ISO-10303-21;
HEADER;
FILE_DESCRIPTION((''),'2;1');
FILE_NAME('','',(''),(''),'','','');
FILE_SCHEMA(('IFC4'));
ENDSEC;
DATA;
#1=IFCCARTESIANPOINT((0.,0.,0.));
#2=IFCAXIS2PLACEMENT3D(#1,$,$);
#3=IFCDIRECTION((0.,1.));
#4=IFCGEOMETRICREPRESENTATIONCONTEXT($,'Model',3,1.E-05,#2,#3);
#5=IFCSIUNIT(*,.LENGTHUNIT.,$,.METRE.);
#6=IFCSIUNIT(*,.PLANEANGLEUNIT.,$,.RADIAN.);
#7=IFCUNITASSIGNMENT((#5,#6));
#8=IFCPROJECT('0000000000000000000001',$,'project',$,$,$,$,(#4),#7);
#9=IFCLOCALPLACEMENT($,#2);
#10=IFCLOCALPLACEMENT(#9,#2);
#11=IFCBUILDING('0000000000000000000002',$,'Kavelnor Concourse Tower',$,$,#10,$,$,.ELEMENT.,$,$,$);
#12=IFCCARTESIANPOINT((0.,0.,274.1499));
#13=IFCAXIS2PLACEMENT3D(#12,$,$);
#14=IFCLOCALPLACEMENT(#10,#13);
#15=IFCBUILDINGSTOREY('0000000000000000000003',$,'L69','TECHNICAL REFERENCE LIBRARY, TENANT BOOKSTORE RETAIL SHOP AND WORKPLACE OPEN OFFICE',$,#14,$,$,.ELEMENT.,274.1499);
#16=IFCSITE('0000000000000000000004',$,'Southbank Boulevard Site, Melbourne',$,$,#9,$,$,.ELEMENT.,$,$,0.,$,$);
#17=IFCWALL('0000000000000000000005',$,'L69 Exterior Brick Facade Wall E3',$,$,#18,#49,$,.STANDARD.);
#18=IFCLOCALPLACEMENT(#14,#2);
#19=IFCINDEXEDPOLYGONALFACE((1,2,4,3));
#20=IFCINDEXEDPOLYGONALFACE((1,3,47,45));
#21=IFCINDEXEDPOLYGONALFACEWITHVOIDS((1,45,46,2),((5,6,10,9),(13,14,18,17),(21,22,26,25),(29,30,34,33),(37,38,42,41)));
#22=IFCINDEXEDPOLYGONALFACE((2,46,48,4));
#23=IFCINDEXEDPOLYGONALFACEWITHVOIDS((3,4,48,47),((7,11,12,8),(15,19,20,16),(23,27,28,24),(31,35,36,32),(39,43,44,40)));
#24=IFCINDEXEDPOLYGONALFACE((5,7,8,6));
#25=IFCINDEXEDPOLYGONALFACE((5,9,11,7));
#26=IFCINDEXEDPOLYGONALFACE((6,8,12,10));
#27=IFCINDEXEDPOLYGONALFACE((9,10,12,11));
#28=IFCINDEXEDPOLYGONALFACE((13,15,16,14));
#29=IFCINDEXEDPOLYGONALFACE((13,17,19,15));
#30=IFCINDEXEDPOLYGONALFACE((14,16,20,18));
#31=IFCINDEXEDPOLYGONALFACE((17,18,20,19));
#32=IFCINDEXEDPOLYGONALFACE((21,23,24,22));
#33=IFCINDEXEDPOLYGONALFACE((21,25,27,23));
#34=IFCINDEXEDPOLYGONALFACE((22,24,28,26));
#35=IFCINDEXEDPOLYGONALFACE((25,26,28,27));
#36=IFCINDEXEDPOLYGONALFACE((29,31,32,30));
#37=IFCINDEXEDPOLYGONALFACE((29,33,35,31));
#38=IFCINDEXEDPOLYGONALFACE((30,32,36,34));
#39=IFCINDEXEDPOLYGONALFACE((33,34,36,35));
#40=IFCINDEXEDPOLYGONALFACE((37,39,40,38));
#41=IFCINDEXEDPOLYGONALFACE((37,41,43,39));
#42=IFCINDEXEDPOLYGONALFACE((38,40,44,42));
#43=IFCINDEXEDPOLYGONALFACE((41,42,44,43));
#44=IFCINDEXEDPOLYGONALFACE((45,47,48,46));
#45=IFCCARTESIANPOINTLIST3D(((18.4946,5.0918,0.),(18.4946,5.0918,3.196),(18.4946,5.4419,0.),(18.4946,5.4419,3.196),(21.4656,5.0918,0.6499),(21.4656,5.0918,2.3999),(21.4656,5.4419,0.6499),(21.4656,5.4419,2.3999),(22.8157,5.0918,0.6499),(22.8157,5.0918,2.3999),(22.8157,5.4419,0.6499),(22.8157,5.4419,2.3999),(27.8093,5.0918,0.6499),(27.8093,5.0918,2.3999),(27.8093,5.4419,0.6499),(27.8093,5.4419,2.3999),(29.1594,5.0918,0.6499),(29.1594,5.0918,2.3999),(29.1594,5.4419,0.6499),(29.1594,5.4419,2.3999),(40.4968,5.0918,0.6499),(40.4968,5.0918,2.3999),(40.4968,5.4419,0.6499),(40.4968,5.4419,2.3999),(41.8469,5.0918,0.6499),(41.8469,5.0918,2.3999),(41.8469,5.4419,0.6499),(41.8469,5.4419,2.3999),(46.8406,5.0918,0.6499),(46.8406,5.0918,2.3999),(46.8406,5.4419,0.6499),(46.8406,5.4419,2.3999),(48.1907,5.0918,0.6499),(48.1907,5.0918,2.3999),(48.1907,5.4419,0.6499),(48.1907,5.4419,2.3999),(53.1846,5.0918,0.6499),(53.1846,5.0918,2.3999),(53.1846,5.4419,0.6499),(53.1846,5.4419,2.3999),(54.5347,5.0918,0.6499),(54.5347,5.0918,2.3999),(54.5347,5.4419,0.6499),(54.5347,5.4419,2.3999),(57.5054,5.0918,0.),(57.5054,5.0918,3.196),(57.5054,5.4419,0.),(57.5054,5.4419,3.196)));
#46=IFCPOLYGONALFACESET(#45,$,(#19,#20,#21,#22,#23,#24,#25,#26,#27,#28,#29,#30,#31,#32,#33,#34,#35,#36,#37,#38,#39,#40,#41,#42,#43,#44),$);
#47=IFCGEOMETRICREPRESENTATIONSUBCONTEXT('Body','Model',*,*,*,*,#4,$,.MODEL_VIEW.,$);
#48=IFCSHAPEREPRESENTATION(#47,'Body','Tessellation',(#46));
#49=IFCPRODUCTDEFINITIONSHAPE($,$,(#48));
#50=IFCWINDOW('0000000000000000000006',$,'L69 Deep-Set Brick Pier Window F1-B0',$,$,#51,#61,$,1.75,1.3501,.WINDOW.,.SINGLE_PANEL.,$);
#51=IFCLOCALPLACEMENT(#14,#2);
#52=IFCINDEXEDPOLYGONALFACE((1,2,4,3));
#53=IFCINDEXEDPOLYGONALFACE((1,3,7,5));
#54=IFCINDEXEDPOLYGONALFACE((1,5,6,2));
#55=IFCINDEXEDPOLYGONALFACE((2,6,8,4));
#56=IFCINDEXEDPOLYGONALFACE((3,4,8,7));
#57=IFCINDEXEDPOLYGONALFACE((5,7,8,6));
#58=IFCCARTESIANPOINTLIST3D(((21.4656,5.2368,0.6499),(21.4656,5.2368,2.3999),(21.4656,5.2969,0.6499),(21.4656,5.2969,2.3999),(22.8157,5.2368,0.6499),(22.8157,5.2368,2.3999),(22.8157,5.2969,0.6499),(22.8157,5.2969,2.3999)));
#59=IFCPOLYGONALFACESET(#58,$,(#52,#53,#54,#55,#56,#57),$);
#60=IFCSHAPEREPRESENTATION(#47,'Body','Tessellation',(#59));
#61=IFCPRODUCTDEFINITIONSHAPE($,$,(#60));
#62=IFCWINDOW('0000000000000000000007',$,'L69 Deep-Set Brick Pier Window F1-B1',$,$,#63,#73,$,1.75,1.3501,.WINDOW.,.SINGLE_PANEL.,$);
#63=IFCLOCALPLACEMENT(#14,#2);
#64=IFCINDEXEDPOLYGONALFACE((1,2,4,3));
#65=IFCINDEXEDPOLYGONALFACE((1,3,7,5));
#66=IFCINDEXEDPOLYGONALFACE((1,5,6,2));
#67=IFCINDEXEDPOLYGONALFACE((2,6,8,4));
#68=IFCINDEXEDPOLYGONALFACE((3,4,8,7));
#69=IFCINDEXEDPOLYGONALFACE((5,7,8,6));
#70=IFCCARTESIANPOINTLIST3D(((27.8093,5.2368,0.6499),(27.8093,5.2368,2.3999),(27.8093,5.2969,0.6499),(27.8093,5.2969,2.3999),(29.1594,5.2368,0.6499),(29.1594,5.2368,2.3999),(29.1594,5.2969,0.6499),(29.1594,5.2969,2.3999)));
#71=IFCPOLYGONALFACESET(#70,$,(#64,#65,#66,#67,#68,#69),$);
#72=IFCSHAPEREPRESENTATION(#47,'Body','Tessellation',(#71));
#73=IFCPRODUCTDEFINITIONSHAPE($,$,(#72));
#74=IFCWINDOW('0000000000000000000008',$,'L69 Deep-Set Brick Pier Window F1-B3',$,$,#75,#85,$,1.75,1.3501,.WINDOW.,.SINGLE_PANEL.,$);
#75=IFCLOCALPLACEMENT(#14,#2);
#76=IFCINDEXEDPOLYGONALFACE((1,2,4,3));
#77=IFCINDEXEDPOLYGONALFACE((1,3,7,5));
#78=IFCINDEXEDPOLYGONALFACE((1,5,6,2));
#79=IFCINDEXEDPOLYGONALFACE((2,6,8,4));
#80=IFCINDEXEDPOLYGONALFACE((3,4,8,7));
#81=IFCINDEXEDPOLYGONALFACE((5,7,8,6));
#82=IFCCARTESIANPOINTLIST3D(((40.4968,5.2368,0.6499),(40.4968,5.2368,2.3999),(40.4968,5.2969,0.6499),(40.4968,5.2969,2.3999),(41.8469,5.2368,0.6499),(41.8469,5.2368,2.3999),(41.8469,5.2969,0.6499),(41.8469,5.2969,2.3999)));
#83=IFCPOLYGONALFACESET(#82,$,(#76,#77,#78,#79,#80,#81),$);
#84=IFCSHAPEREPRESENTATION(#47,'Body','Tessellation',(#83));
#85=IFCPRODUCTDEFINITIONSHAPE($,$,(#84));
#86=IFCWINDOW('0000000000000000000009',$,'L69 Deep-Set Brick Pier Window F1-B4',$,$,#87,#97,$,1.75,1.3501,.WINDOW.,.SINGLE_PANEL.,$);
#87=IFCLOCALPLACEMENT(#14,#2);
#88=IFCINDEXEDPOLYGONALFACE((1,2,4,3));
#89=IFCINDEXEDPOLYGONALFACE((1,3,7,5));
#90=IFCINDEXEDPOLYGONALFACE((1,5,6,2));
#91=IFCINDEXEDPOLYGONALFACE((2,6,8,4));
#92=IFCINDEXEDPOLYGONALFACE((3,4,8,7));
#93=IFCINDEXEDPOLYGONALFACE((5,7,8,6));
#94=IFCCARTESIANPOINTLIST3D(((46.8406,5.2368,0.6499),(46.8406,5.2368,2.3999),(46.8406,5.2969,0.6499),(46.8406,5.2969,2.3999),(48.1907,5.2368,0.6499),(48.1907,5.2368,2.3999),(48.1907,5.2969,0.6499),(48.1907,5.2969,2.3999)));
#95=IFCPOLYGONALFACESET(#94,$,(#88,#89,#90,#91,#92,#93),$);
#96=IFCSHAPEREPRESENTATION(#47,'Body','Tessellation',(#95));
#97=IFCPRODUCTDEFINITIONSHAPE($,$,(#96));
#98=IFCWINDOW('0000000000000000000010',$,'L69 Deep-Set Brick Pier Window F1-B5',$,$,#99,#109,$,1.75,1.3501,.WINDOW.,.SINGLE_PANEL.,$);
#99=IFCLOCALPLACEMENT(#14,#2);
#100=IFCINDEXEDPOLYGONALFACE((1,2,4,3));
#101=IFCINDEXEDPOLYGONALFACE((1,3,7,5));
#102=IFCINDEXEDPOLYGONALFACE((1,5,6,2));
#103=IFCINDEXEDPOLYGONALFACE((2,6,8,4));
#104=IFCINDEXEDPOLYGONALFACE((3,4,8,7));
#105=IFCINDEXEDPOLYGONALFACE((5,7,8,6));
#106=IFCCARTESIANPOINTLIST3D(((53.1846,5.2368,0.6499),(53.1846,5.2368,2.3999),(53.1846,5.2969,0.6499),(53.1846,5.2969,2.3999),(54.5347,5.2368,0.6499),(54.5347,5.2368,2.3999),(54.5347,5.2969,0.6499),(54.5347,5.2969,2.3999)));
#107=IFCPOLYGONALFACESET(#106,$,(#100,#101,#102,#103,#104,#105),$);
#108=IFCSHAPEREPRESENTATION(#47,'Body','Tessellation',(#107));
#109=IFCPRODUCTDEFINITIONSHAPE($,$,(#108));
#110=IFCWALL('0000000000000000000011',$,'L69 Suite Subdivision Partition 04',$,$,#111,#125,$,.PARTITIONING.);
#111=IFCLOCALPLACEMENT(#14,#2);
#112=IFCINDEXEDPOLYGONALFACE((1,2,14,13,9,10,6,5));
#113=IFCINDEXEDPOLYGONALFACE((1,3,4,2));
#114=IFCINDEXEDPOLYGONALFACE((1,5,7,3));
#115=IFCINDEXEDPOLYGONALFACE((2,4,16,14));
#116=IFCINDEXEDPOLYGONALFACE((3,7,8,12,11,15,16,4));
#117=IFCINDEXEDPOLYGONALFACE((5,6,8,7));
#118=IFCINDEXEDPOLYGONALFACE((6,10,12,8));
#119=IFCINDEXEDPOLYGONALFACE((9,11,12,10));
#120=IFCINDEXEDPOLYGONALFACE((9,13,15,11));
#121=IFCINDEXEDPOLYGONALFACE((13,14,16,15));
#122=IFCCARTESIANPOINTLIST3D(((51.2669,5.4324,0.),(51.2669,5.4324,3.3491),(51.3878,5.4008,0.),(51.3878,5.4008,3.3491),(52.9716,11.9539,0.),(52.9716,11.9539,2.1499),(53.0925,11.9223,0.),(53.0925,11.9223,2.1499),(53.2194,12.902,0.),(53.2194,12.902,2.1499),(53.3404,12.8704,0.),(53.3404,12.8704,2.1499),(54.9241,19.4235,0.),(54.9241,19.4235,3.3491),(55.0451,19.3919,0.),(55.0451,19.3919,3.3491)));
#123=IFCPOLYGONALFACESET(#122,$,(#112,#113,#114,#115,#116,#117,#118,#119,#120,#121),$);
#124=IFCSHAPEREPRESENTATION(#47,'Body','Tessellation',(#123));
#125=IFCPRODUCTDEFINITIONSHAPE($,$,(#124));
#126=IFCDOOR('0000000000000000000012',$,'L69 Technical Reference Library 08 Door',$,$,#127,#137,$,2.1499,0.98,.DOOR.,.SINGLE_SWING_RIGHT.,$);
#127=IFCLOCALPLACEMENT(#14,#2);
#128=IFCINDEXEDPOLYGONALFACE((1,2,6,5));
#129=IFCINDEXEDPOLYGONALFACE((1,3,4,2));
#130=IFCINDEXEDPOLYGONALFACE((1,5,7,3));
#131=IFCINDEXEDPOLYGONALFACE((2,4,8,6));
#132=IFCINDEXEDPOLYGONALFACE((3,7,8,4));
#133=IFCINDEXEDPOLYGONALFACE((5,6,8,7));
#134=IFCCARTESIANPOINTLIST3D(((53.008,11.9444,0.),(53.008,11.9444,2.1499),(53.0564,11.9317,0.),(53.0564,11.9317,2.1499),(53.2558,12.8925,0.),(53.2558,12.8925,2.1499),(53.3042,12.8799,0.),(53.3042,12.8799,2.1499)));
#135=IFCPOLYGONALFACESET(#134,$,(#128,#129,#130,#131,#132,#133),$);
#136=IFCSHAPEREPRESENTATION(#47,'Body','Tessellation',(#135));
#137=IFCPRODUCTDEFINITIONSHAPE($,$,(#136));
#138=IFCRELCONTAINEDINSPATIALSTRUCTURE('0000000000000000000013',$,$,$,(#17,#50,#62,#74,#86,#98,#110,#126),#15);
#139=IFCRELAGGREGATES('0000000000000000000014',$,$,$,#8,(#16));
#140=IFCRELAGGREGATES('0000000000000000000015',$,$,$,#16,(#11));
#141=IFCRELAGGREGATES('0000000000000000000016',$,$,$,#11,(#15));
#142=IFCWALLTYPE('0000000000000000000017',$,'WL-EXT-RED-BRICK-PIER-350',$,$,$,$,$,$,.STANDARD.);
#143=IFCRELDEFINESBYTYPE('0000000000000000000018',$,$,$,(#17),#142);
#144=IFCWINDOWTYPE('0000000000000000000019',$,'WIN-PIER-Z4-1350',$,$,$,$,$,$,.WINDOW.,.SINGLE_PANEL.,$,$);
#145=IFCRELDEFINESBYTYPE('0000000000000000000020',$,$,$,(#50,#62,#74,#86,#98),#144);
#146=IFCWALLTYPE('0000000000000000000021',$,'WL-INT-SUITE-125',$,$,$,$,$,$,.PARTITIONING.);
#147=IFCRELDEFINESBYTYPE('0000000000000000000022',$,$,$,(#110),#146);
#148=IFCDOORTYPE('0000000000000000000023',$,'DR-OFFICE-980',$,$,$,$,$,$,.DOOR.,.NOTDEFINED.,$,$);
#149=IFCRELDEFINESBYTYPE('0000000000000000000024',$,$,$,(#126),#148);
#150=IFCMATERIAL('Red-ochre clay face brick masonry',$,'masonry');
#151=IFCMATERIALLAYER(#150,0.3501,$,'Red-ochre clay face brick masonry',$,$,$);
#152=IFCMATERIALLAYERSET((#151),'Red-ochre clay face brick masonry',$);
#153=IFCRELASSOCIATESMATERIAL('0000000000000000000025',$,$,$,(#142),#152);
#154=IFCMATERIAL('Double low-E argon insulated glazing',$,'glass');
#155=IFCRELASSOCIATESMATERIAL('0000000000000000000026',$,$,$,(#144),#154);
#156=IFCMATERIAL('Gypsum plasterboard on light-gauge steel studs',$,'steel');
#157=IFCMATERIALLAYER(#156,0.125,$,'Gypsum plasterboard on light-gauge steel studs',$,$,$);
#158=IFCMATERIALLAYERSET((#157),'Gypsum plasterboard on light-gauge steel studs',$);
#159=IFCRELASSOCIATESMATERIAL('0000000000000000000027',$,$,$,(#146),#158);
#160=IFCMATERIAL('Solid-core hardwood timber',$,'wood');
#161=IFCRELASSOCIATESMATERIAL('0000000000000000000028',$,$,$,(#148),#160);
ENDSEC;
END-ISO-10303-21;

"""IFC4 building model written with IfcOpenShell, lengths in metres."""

from ifc_helpers import new_model, si_unit, direction, frame, frame_2d, origin, place, context, subcontext, project, spatial, rectangle, extrude, material, layer, layer_set, type_object, element, fill, save


model = new_model("IFC4")

# Units and contexts
model_context = context("Model", 3, precision=1e-05, world=origin(), true_north=direction((0.0, 1.0)))
body_context = subcontext(model_context, "Body", "Model", "MODEL_VIEW")
ifc_project = project(units=[si_unit("LENGTHUNIT", "METRE"), si_unit("PLANEANGLEUNIT", "RADIAN")], contexts=[model_context])

# Site, building, storey
site_placement = place(None, origin())
site = spatial("IfcSite", under=ifc_project, at=site_placement, Name="Southbank Boulevard Site, Melbourne", CompositionType="ELEMENT", RefElevation=0.0)
building_placement = place(site_placement, origin())
building = spatial("IfcBuilding", under=site, at=building_placement, Name="Kavelnor Concourse Tower", CompositionType="ELEMENT")
storey_placement = place(building_placement, frame((0.0, 0.0, 274.1499)))
storey = spatial("IfcBuildingStorey", under=building, at=storey_placement, Name="L69", Description="TECHNICAL REFERENCE LIBRARY, TENANT BOOKSTORE RETAIL SHOP AND WORKPLACE OPEN OFFICE", CompositionType="ELEMENT", Elevation=274.1499)

# Shared definitions
ifc_material_1 = material(Name="Double low-E argon insulated glazing", Category="glass")

# Wall, openings, windows
ifc_material_2 = material(Name="Red-ochre clay face brick masonry", Category="masonry")
ifc_layer_1 = layer(ifc_material_2, 0.3501, Name="Red-ochre clay face brick masonry")
ifc_layer_set_1 = layer_set([ifc_layer_1], Name="Red-ochre clay face brick masonry")
wall_type_1 = type_object("IfcWallType", Name="WL-EXT-RED-BRICK-PIER-350", PredefinedType="STANDARD", material=ifc_layer_set_1)
wall_1_placement = place(storey_placement, frame((57.5054, 5.2668, 0.0), z_axis=(0.0, 0.0, 1.0), x_axis=(-1.0, 0.0, 0.0)))
wall_1 = element("IfcWall", 1, at=wall_1_placement, inside=storey, type_object=wall_type_1, Name="L69 Exterior Brick Facade Wall E3", PredefinedType="STANDARD", context=body_context, shape_type="SweptSolid", body=[
    extrude(rectangle(XDim=39.0107, YDim=0.3501, at=frame_2d((19.5054, 0.0))), origin(), (0.0, 0.0, 1.0), 3.196),
])
opening_1_placement = place(wall_1_placement, frame((34.6897, 0.0, 0.6499)))
opening_1 = element("IfcOpeningElement", 2, at=opening_1_placement, cuts=wall_1, PredefinedType="OPENING", context=body_context, shape_type="SweptSolid", body=[
    extrude(rectangle(XDim=1.3501, YDim=1.75, at=frame_2d((0.675, 0.875))), frame((0.0, 0.1851, 0.0), z_axis=(0.0, -1.0, 0.0), x_axis=(1.0, 0.0, 0.0)), (0.0, 0.0, 1.0), 0.3701),
])
opening_2_placement = place(wall_1_placement, frame((28.3459, 0.0, 0.6499)))
opening_2 = element("IfcOpeningElement", 3, at=opening_2_placement, cuts=wall_1, PredefinedType="OPENING", context=body_context, shape_type="SweptSolid", body=[
    extrude(rectangle(XDim=1.3501, YDim=1.75, at=frame_2d((0.675, 0.875))), frame((0.0, 0.1851, 0.0), z_axis=(0.0, -1.0, 0.0), x_axis=(1.0, 0.0, 0.0)), (0.0, 0.0, 1.0), 0.3701),
])
opening_3_placement = place(wall_1_placement, frame((15.6584, 0.0, 0.6499)))
opening_3 = element("IfcOpeningElement", 4, at=opening_3_placement, cuts=wall_1, PredefinedType="OPENING", context=body_context, shape_type="SweptSolid", body=[
    extrude(rectangle(XDim=1.3501, YDim=1.75, at=frame_2d((0.675, 0.875))), frame((0.0, 0.1851, 0.0), z_axis=(0.0, -1.0, 0.0), x_axis=(1.0, 0.0, 0.0)), (0.0, 0.0, 1.0), 0.3701),
])
opening_4_placement = place(wall_1_placement, frame((9.3147, 0.0, 0.6499)))
opening_4 = element("IfcOpeningElement", 5, at=opening_4_placement, cuts=wall_1, PredefinedType="OPENING", context=body_context, shape_type="SweptSolid", body=[
    extrude(rectangle(XDim=1.3501, YDim=1.75, at=frame_2d((0.675, 0.875))), frame((0.0, 0.1851, 0.0), z_axis=(0.0, -1.0, 0.0), x_axis=(1.0, 0.0, 0.0)), (0.0, 0.0, 1.0), 0.3701),
])
opening_5_placement = place(wall_1_placement, frame((2.9707, 0.0, 0.6499)))
opening_5 = element("IfcOpeningElement", 6, at=opening_5_placement, cuts=wall_1, PredefinedType="OPENING", context=body_context, shape_type="SweptSolid", body=[
    extrude(rectangle(XDim=1.3501, YDim=1.75, at=frame_2d((0.675, 0.875))), frame((0.0, 0.1851, 0.0), z_axis=(0.0, -1.0, 0.0), x_axis=(1.0, 0.0, 0.0)), (0.0, 0.0, 1.0), 0.3701),
])
window_type_1 = type_object("IfcWindowType", Name="WIN-PIER-Z4-1350", PartitioningType="SINGLE_PANEL", PredefinedType="WINDOW", material=ifc_material_1)
window_1_placement = place(opening_1_placement, origin())
window_1 = element("IfcWindow", 7, at=window_1_placement, inside=storey, type_object=window_type_1, Name="L69 Deep-Set Brick Pier Window F1-B0", OverallHeight=1.75, OverallWidth=1.3501, PartitioningType="SINGLE_PANEL", PredefinedType="WINDOW", context=body_context, shape_type="SweptSolid", body=[
    extrude(rectangle(XDim=1.3501, YDim=1.75, at=frame_2d((0.675, 0.875))), frame((0.0, 0.03, 0.0), z_axis=(0.0, -1.0, 0.0), x_axis=(1.0, 0.0, 0.0)), (0.0, 0.0, 1.0), 0.0601),
])
fill(opening_1, window_1)
window_2_placement = place(opening_2_placement, origin())
window_2 = element("IfcWindow", 8, at=window_2_placement, inside=storey, type_object=window_type_1, Name="L69 Deep-Set Brick Pier Window F1-B1", OverallHeight=1.75, OverallWidth=1.3501, PartitioningType="SINGLE_PANEL", PredefinedType="WINDOW", context=body_context, shape_type="SweptSolid", body=[
    extrude(rectangle(XDim=1.3501, YDim=1.75, at=frame_2d((0.675, 0.875))), frame((0.0, 0.03, 0.0), z_axis=(0.0, -1.0, 0.0), x_axis=(1.0, 0.0, 0.0)), (0.0, 0.0, 1.0), 0.0601),
])
fill(opening_2, window_2)
window_3_placement = place(opening_3_placement, origin())
window_3 = element("IfcWindow", 9, at=window_3_placement, inside=storey, type_object=window_type_1, Name="L69 Deep-Set Brick Pier Window F1-B3", OverallHeight=1.75, OverallWidth=1.3501, PartitioningType="SINGLE_PANEL", PredefinedType="WINDOW", context=body_context, shape_type="SweptSolid", body=[
    extrude(rectangle(XDim=1.3501, YDim=1.75, at=frame_2d((0.675, 0.875))), frame((0.0, 0.03, 0.0), z_axis=(0.0, -1.0, 0.0), x_axis=(1.0, 0.0, 0.0)), (0.0, 0.0, 1.0), 0.0601),
])
fill(opening_3, window_3)
window_4_placement = place(opening_4_placement, origin())
window_4 = element("IfcWindow", 10, at=window_4_placement, inside=storey, type_object=window_type_1, Name="L69 Deep-Set Brick Pier Window F1-B4", OverallHeight=1.75, OverallWidth=1.3501, PartitioningType="SINGLE_PANEL", PredefinedType="WINDOW", context=body_context, shape_type="SweptSolid", body=[
    extrude(rectangle(XDim=1.3501, YDim=1.75, at=frame_2d((0.675, 0.875))), frame((0.0, 0.03, 0.0), z_axis=(0.0, -1.0, 0.0), x_axis=(1.0, 0.0, 0.0)), (0.0, 0.0, 1.0), 0.0601),
])
fill(opening_4, window_4)
window_5_placement = place(opening_5_placement, origin())
window_5 = element("IfcWindow", 11, at=window_5_placement, inside=storey, type_object=window_type_1, Name="L69 Deep-Set Brick Pier Window F1-B5", OverallHeight=1.75, OverallWidth=1.3501, PartitioningType="SINGLE_PANEL", PredefinedType="WINDOW", context=body_context, shape_type="SweptSolid", body=[
    extrude(rectangle(XDim=1.3501, YDim=1.75, at=frame_2d((0.675, 0.875))), frame((0.0, 0.03, 0.0), z_axis=(0.0, -1.0, 0.0), x_axis=(1.0, 0.0, 0.0)), (0.0, 0.0, 1.0), 0.0601),
])
fill(opening_5, window_5)

# Wall, opening, door
ifc_material_3 = material(Name="Gypsum plasterboard on light-gauge steel studs", Category="steel")
ifc_layer_2 = layer(ifc_material_3, 0.125, Name="Gypsum plasterboard on light-gauge steel studs")
ifc_layer_set_2 = layer_set([ifc_layer_2], Name="Gypsum plasterboard on light-gauge steel studs")
wall_type_2 = type_object("IfcWallType", Name="WL-INT-SUITE-125", PredefinedType="PARTITIONING", material=ifc_layer_set_2)
wall_2_placement = place(storey_placement, frame((51.3274, 5.4167, 0.0), z_axis=(0.0, 0.0, 1.0), x_axis=(0.252902, 0.967492, 0.0)))
wall_2 = element("IfcWall", 12, at=wall_2_placement, inside=storey, type_object=wall_type_2, Name="L69 Suite Subdivision Partition 04", PredefinedType="PARTITIONING", context=body_context, shape_type="SweptSolid", body=[
    extrude(rectangle(XDim=14.4612, YDim=0.125, at=frame_2d((7.2305, 0.0))), origin(), (0.0, 0.0, 1.0), 3.3491),
])
opening_6_placement = place(wall_2_placement, frame((6.7405, 0.0, 0.0)))
opening_6 = element("IfcOpeningElement", 13, at=opening_6_placement, cuts=wall_2, PredefinedType="OPENING", context=body_context, shape_type="SweptSolid", body=[
    extrude(rectangle(XDim=0.98, YDim=2.1499, at=frame_2d((0.49, 1.075))), frame((0.0, 0.0725, 0.0), z_axis=(0.0, -1.0, 0.0), x_axis=(1.0, 0.0, 0.0)), (0.0, 0.0, 1.0), 0.145),
])
ifc_material_4 = material(Name="Solid-core hardwood timber", Category="wood")
door_type = type_object("IfcDoorType", Name="DR-OFFICE-980", OperationType="NOTDEFINED", PredefinedType="DOOR", material=ifc_material_4)
door_placement = place(opening_6_placement, origin())
door = element("IfcDoor", 14, at=door_placement, inside=storey, type_object=door_type, Name="L69 Technical Reference Library 08 Door", OperationType="SINGLE_SWING_RIGHT", OverallHeight=2.1499, OverallWidth=0.98, PredefinedType="DOOR", context=body_context, shape_type="SweptSolid", body=[
    extrude(rectangle(XDim=0.98, YDim=2.1499, at=frame_2d((0.49, 1.075))), frame((0.0, 0.0249, 0.0), z_axis=(0.0, -1.0, 0.0), x_axis=(1.0, 0.0, 0.0)), (0.0, 0.0, 1.0), 0.05),
])
fill(opening_6, door)

save(model, "model.ifc")
